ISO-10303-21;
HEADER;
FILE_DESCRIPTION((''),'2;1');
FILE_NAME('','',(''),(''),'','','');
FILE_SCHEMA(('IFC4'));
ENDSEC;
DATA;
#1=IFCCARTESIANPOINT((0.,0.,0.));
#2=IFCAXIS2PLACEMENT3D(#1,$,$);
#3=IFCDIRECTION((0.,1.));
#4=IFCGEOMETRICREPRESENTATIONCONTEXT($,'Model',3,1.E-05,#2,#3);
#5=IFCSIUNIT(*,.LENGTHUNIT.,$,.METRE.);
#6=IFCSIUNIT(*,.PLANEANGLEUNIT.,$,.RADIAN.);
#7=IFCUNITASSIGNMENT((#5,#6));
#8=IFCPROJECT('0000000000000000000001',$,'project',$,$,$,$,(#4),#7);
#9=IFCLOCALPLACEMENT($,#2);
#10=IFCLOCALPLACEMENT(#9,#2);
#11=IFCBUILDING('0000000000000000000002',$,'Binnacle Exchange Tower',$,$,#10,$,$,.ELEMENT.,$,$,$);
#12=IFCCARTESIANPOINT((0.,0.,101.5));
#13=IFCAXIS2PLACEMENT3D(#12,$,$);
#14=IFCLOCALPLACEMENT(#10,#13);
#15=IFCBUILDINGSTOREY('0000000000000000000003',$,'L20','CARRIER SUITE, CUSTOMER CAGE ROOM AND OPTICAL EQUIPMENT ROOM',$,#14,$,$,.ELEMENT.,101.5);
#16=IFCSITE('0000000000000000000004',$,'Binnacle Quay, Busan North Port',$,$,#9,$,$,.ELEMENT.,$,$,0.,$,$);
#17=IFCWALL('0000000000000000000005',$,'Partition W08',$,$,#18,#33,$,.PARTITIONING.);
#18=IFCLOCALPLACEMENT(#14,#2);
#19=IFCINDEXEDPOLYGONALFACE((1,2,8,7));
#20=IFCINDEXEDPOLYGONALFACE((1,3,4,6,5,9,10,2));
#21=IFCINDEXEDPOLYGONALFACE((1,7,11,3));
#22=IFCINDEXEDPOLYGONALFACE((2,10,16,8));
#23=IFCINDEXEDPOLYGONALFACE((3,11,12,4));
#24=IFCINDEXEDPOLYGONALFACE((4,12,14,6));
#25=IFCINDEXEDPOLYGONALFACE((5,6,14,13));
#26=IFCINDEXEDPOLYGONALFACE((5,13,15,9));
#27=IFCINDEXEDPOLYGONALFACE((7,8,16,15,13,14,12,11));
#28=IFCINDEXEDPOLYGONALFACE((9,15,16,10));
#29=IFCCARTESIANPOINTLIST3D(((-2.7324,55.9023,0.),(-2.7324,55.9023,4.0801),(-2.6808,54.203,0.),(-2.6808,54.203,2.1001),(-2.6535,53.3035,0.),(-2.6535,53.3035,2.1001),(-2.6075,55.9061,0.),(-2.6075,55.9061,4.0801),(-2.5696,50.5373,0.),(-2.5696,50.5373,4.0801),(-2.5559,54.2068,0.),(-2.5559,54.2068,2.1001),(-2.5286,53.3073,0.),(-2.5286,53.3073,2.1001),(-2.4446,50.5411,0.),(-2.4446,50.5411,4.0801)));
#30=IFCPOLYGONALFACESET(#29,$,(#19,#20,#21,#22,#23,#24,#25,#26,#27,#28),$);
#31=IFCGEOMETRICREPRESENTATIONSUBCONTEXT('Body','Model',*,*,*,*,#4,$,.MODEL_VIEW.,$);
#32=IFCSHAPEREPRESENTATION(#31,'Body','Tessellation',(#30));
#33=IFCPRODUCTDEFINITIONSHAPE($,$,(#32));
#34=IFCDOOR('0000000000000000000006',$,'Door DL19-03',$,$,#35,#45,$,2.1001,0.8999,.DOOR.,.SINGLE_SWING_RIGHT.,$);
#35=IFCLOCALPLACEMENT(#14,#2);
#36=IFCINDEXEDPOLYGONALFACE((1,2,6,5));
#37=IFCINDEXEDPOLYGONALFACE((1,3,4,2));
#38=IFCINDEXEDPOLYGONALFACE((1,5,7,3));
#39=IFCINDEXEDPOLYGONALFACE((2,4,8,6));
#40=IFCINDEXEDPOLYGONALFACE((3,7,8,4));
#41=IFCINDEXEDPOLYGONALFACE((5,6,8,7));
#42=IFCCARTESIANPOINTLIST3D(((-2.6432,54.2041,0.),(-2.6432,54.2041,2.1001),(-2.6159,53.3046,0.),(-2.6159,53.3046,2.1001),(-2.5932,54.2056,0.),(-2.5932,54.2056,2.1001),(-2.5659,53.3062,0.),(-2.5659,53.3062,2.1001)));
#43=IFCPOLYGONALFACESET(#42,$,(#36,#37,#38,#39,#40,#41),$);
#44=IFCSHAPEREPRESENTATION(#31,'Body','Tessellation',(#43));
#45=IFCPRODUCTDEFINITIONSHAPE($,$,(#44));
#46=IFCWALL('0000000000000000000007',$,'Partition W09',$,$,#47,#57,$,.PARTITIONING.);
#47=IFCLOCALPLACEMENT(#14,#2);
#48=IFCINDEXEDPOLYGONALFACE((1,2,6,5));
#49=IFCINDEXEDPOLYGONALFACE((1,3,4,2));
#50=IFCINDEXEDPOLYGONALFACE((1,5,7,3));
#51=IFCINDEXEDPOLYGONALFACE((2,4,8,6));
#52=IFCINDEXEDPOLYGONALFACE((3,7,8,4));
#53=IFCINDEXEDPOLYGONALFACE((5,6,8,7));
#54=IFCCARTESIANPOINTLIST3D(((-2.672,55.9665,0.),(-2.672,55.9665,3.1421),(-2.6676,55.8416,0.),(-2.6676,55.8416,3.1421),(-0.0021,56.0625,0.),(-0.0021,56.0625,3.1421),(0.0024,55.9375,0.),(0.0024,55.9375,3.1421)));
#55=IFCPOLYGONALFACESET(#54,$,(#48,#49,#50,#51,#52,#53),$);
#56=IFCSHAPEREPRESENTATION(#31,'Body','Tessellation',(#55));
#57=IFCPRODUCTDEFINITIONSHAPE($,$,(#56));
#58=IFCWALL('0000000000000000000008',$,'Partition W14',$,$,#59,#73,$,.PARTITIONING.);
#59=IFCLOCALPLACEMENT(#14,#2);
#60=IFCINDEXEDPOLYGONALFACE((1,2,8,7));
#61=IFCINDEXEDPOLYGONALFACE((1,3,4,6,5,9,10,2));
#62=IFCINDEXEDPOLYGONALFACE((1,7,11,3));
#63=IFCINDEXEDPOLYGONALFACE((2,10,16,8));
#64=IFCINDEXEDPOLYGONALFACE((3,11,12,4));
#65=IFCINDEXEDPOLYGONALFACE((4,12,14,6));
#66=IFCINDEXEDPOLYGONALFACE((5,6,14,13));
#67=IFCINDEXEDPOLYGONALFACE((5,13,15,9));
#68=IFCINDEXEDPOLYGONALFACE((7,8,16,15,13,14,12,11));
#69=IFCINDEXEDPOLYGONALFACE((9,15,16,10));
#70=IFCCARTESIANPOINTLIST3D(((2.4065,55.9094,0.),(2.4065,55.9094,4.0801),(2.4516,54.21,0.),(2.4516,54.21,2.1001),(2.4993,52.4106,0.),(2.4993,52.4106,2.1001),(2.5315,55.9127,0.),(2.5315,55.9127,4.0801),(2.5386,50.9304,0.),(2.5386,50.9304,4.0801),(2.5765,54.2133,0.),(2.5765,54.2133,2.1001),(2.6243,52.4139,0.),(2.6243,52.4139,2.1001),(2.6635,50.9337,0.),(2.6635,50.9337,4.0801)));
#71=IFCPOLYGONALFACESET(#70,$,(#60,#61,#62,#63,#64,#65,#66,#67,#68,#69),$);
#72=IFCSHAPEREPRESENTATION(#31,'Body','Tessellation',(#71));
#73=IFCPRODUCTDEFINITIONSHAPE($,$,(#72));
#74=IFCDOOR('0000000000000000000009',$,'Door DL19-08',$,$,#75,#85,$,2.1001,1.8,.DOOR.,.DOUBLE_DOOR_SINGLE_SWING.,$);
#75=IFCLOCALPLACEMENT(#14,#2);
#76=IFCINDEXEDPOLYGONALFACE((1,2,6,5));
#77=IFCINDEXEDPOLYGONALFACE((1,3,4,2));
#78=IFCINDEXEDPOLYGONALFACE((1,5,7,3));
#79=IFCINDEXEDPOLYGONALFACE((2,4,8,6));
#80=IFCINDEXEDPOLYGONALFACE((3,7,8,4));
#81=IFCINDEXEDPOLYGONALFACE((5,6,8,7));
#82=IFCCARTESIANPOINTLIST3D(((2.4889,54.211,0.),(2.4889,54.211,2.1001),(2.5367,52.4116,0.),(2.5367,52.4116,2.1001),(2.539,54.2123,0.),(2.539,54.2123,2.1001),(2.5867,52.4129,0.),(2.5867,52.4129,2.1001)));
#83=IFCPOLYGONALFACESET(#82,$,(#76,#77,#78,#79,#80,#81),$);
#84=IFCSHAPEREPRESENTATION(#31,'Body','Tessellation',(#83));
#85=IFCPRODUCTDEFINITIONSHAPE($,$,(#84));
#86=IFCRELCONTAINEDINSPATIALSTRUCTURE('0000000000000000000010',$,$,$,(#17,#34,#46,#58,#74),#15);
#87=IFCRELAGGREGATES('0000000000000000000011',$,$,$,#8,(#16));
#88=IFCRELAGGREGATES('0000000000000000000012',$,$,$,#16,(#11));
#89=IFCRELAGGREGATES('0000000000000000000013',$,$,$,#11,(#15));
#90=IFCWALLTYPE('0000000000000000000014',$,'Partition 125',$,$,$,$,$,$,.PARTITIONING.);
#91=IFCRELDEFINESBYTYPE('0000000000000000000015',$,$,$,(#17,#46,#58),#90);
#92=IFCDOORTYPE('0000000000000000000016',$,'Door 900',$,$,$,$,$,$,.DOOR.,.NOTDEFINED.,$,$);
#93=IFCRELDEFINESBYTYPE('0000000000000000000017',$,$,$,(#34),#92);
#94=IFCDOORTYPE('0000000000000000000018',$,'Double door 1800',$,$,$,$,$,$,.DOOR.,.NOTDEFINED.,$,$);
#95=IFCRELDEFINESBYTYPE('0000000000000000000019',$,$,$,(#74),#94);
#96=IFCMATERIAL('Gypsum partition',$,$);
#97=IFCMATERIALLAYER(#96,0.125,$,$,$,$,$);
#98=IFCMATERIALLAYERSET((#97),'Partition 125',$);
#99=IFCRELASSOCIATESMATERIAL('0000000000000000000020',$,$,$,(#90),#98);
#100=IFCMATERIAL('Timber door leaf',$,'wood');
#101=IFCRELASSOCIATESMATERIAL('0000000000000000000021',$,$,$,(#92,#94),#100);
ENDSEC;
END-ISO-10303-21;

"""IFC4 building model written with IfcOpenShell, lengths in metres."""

from ifc_helpers import new_model, si_unit, direction, frame, frame_2d, origin, place, context, subcontext, project, spatial, rectangle, extrude, material, layer, layer_set, type_object, element, fill, save


model = new_model("IFC4")

# Units and contexts
model_context = context("Model", 3, precision=1e-05, world=origin(), true_north=direction((0.0, 1.0)))
body_context = subcontext(model_context, "Body", "Model", "MODEL_VIEW")
ifc_project = project(units=[si_unit("LENGTHUNIT", "METRE"), si_unit("PLANEANGLEUNIT", "RADIAN")], contexts=[model_context])

# Site, building, storey
site_placement = place(None, origin())
site = spatial("IfcSite", under=ifc_project, at=site_placement, Name="Binnacle Quay, Busan North Port", CompositionType="ELEMENT", RefElevation=0.0)
building_placement = place(site_placement, origin())
building = spatial("IfcBuilding", under=site, at=building_placement, Name="Binnacle Exchange Tower", CompositionType="ELEMENT")
storey_placement = place(building_placement, frame((0.0, 0.0, 101.5)))
storey = spatial("IfcBuildingStorey", under=building, at=storey_placement, Name="L20", Description="CARRIER SUITE, CUSTOMER CAGE ROOM AND OPTICAL EQUIPMENT ROOM", CompositionType="ELEMENT", Elevation=101.5)

# Shared definitions
ifc_material_1 = material(Name="Gypsum partition")
ifc_layer_1 = layer(ifc_material_1, 0.125)
ifc_layer_set_1 = layer_set([ifc_layer_1], Name="Partition 125")
wall_type_1 = type_object("IfcWallType", Name="Partition 125", PredefinedType="PARTITIONING", material=ifc_layer_set_1)

# Wall, opening, door
wall_1_placement = place(storey_placement, frame((-2.6699, 55.9041, 0.0), z_axis=(0.0, 0.0, 1.0), x_axis=(0.030339, -0.99954, 0.0)))
wall_1 = element("IfcWall", 1, at=wall_1_placement, inside=storey, type_object=wall_type_1, Name="Partition W08", PredefinedType="PARTITIONING", context=body_context, shape_type="SweptSolid", body=[
    extrude(rectangle(XDim=5.3674, YDim=0.125, at=frame_2d((2.6836, 0.0))), origin(), (0.0, 0.0, 1.0), 4.0801),
])
opening_1_placement = place(wall_1_placement, frame((1.7, 0.0, 0.0)))
opening_1 = element("IfcOpeningElement", 2, at=opening_1_placement, cuts=wall_1, PredefinedType="OPENING", context=body_context, shape_type="SweptSolid", body=[
    extrude(rectangle(XDim=0.8999, YDim=2.1001, at=frame_2d((0.45, 1.05))), frame((0.0, 0.0725, 0.0), z_axis=(0.0, -1.0, 0.0), x_axis=(1.0, 0.0, 0.0)), (0.0, 0.0, 1.0), 0.145),
])
ifc_material_2 = material(Name="Timber door leaf", Category="wood")
door_type_1 = type_object("IfcDoorType", Name="Door 900", OperationType="NOTDEFINED", PredefinedType="DOOR", material=ifc_material_2)
door_1_placement = place(opening_1_placement, frame((0.8999, 0.0, 0.0), z_axis=(0.0, 0.0, 1.0), x_axis=(-1.0, 0.0, 0.0)))
door_1 = element("IfcDoor", 3, at=door_1_placement, inside=storey, type_object=door_type_1, Name="Door DL19-03", OperationType="SINGLE_SWING_RIGHT", OverallHeight=2.1001, OverallWidth=0.8999, PredefinedType="DOOR", context=body_context, shape_type="SweptSolid", body=[
    extrude(rectangle(XDim=0.8999, YDim=2.1001, at=frame_2d((0.45, 1.05))), frame((0.0, 0.0249, 0.0), z_axis=(0.0, -1.0, 0.0), x_axis=(1.0, 0.0, 0.0)), (0.0, 0.0, 1.0), 0.05),
])
fill(opening_1, door_1)

# Wall
wall_2_placement = place(storey_placement, frame((-2.6699, 55.9041, 0.0), z_axis=(0.0, 0.0, 1.0), x_axis=(0.999355, 0.035913, 0.0)))
element("IfcWall", 4, at=wall_2_placement, inside=storey, type_object=wall_type_1, Name="Partition W09", PredefinedType="PARTITIONING", context=body_context, shape_type="SweptSolid", body=[
    extrude(rectangle(XDim=2.6716, YDim=0.125, at=frame_2d((1.3359, 0.0))), origin(), (0.0, 0.0, 1.0), 3.1421),
])

# Wall, opening, door
wall_3_placement = place(storey_placement, frame((2.469, 55.9109, 0.0), z_axis=(0.0, 0.0, 1.0), x_axis=(0.026518, -0.999648, 0.0)))
wall_3 = element("IfcWall", 5, at=wall_3_placement, inside=storey, type_object=wall_type_1, Name="Partition W14", PredefinedType="PARTITIONING", context=body_context, shape_type="SweptSolid", body=[
    extrude(rectangle(XDim=4.9807, YDim=0.125, at=frame_2d((2.4902, 0.0))), origin(), (0.0, 0.0, 1.0), 4.0801),
])
opening_2_placement = place(wall_3_placement, frame((1.7, 0.0, 0.0)))
opening_2 = element("IfcOpeningElement", 6, at=opening_2_placement, cuts=wall_3, PredefinedType="OPENING", context=body_context, shape_type="SweptSolid", body=[
    extrude(rectangle(XDim=1.8, YDim=2.1001, at=frame_2d((0.8999, 1.05))), frame((0.0, 0.0725, 0.0), z_axis=(0.0, -1.0, 0.0), x_axis=(1.0, 0.0, 0.0)), (0.0, 0.0, 1.0), 0.145),
])
door_type_2 = type_object("IfcDoorType", Name="Double door 1800", OperationType="NOTDEFINED", PredefinedType="DOOR", material=ifc_material_2)
door_2_placement = place(opening_2_placement, origin())
door_2 = element("IfcDoor", 7, at=door_2_placement, inside=storey, type_object=door_type_2, Name="Door DL19-08", OperationType="DOUBLE_DOOR_SINGLE_SWING", OverallHeight=2.1001, OverallWidth=1.8, PredefinedType="DOOR", context=body_context, shape_type="SweptSolid", body=[
    extrude(rectangle(XDim=1.8, YDim=2.1001, at=frame_2d((0.8999, 1.05))), frame((0.0, 0.0249, 0.0), z_axis=(0.0, -1.0, 0.0), x_axis=(1.0, 0.0, 0.0)), (0.0, 0.0, 1.0), 0.05),
])
fill(opening_2, door_2)

save(model, "model.ifc")
